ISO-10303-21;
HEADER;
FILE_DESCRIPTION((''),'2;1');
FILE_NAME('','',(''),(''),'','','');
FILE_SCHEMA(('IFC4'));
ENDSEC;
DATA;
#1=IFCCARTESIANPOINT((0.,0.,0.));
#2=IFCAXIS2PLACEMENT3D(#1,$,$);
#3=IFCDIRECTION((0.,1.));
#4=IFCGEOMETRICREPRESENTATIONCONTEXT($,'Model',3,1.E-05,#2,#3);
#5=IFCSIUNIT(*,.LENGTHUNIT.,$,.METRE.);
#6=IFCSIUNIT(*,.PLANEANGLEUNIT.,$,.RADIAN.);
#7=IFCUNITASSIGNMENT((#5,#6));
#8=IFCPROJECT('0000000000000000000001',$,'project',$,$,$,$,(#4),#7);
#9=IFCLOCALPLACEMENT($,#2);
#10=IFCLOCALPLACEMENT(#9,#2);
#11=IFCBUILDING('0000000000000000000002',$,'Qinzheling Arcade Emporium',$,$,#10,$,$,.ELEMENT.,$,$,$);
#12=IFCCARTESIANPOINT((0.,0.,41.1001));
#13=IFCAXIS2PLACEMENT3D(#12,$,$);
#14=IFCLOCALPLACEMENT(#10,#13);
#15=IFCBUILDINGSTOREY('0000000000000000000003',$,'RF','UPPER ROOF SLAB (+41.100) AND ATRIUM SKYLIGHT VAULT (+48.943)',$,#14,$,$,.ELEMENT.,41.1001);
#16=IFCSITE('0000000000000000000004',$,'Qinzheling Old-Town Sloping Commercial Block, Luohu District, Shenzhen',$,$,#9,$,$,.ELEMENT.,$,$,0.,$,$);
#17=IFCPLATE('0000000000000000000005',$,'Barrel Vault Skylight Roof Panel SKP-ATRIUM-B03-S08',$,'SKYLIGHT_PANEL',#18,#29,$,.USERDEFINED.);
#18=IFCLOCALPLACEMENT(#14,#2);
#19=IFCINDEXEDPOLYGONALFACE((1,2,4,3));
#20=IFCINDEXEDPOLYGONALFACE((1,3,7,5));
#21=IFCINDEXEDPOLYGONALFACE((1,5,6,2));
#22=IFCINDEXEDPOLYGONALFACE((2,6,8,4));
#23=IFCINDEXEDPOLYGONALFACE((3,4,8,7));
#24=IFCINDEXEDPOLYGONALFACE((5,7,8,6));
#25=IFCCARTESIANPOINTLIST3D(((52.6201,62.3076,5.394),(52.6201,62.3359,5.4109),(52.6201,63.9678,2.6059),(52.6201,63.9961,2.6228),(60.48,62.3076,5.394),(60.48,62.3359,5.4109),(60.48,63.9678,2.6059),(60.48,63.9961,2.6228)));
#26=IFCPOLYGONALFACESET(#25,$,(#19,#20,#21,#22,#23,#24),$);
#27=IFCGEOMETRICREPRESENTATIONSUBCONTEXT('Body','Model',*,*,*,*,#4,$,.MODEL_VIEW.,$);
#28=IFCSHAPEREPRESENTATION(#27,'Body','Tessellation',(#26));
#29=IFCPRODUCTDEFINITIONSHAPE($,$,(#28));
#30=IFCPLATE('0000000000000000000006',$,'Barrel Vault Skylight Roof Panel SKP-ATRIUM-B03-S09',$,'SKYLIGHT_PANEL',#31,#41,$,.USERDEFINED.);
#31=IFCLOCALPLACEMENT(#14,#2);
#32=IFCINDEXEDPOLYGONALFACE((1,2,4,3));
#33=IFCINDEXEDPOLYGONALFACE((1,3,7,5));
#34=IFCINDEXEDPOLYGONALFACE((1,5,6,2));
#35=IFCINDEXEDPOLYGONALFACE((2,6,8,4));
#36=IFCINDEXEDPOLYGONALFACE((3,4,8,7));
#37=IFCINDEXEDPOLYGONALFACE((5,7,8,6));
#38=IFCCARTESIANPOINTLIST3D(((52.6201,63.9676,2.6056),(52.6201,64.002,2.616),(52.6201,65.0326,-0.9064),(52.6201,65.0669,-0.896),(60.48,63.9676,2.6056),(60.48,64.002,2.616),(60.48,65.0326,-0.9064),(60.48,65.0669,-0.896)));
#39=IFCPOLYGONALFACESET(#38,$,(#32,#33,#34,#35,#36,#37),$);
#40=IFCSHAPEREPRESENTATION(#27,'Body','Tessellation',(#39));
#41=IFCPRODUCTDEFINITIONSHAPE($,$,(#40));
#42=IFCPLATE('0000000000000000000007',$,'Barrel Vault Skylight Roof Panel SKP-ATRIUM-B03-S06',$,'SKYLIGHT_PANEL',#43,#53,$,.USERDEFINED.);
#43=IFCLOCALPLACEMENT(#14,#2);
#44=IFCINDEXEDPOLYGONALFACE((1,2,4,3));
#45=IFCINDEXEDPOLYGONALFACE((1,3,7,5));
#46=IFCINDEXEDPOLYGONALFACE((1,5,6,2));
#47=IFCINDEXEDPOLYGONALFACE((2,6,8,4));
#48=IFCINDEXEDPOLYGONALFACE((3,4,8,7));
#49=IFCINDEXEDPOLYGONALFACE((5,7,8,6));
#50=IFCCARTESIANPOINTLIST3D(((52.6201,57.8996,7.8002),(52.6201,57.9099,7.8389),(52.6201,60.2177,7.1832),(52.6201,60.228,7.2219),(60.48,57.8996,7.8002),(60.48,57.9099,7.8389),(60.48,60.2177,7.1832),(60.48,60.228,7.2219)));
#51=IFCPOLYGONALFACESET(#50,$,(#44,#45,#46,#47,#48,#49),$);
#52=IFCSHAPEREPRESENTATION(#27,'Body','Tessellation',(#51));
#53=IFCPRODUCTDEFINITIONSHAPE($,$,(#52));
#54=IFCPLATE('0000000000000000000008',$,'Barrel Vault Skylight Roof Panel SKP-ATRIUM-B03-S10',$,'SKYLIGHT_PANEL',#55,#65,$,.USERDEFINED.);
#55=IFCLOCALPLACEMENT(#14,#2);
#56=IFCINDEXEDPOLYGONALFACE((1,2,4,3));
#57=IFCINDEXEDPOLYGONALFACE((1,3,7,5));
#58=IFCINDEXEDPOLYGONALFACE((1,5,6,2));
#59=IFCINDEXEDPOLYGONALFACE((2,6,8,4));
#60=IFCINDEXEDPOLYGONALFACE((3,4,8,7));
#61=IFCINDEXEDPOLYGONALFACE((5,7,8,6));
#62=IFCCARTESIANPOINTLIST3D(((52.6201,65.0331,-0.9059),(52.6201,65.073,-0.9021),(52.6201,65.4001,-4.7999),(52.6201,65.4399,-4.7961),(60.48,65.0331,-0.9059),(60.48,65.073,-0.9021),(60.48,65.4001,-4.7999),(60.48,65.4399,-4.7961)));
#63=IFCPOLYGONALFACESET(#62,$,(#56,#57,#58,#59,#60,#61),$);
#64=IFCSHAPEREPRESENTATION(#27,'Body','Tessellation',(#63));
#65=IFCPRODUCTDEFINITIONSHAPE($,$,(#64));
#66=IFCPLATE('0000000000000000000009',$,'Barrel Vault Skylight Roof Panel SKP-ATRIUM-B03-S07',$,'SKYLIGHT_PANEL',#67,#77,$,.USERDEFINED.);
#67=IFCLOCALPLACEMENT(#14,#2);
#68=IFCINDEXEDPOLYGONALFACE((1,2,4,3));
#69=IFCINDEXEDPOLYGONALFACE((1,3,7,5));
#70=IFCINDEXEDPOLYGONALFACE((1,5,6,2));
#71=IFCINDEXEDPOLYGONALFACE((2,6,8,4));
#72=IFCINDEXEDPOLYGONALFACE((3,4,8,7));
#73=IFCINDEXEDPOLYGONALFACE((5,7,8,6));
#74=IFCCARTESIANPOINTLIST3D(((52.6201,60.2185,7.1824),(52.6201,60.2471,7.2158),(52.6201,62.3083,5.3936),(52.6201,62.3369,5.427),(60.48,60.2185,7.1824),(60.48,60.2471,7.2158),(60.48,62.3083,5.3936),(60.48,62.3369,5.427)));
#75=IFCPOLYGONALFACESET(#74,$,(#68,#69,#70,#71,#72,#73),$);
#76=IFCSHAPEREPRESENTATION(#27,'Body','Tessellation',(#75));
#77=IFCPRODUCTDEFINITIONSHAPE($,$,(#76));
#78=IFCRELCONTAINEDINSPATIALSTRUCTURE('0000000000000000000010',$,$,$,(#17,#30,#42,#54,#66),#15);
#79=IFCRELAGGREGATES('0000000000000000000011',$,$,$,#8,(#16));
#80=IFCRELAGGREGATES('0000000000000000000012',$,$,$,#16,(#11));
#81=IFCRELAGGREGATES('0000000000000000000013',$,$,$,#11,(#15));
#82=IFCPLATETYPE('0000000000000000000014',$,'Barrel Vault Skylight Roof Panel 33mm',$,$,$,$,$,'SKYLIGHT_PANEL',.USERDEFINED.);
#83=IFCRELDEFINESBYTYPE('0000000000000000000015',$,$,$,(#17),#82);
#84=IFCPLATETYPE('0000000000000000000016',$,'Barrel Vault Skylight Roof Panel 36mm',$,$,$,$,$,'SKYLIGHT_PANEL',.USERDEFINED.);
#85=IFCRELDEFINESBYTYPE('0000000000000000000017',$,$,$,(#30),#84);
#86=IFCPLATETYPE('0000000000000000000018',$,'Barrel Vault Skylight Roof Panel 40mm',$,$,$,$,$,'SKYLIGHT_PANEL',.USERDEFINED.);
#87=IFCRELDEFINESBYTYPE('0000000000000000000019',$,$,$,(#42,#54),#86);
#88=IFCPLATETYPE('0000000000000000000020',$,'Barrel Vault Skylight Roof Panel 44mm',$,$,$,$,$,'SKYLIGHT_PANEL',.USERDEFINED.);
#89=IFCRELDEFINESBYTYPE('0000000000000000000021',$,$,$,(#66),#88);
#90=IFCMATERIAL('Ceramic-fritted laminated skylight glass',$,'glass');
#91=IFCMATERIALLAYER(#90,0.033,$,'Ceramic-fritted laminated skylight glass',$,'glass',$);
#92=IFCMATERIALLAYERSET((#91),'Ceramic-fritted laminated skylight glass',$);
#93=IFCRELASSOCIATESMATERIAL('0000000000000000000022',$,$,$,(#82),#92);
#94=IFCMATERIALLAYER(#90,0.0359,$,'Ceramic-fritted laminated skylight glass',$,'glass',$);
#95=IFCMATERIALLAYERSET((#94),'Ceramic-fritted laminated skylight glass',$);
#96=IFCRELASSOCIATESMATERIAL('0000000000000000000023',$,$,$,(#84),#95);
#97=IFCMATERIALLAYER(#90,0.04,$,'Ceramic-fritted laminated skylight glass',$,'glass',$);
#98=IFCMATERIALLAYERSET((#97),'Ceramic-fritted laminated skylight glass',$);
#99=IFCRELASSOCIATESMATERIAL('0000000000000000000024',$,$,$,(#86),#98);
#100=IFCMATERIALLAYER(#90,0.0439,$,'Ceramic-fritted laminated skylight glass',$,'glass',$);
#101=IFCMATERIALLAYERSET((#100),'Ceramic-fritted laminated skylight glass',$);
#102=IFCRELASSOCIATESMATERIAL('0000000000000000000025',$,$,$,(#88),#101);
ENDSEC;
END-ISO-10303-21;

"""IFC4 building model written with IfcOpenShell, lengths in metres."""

from ifc_helpers import new_model, si_unit, direction, frame, origin, place, context, subcontext, project, spatial, polyline, outline, extrude, material, layer, layer_set, type_object, element, save


model = new_model("IFC4")

# Units and contexts
model_context = context("Model", 3, precision=1e-05, world=origin(), true_north=direction((0.0, 1.0)))
body_context = subcontext(model_context, "Body", "Model", "MODEL_VIEW")
ifc_project = project(units=[si_unit("LENGTHUNIT", "METRE"), si_unit("PLANEANGLEUNIT", "RADIAN")], contexts=[model_context])

# Site, building, storey
site_placement = place(None, origin())
site = spatial("IfcSite", under=ifc_project, at=site_placement, Name="Qinzheling Old-Town Sloping Commercial Block, Luohu District, Shenzhen", CompositionType="ELEMENT", RefElevation=0.0)
building_placement = place(site_placement, origin())
building = spatial("IfcBuilding", under=site, at=building_placement, Name="Qinzheling Arcade Emporium", CompositionType="ELEMENT")
storey_placement = place(building_placement, frame((0.0, 0.0, 41.1001)))
storey = spatial("IfcBuildingStorey", under=building, at=storey_placement, Name="RF", Description="UPPER ROOF SLAB (+41.100) AND ATRIUM SKYLIGHT VAULT (+48.943)", CompositionType="ELEMENT", Elevation=41.1001)

# Plates
ifc_material_1 = material(Name="Ceramic-fritted laminated skylight glass", Category="glass")
ifc_layer_1 = layer(ifc_material_1, 0.033, Name="Ceramic-fritted laminated skylight glass", Category="glass")
ifc_layer_set_1 = layer_set([ifc_layer_1], Name="Ceramic-fritted laminated skylight glass")
plate_type_1 = type_object("IfcPlateType", Name="Barrel Vault Skylight Roof Panel 33mm", ElementType="SKYLIGHT_PANEL", PredefinedType="USERDEFINED", material=ifc_layer_set_1)
plate_1_placement = place(storey_placement, frame((52.6201, 62.3359, 5.4109), z_axis=(0.0, 0.859214, 0.511616), x_axis=(1.0, 0.0, 0.0)))
element("IfcPlate", 1, at=plate_1_placement, inside=storey, type_object=plate_type_1, Name="Barrel Vault Skylight Roof Panel SKP-ATRIUM-B03-S08", ObjectType="SKYLIGHT_PANEL", PredefinedType="USERDEFINED", context=body_context, shape_type="SweptSolid", body=[
    extrude(outline(polyline([(0.0, 0.0), (7.8599, 0.0), (7.8599, 3.2449), (0.0, 3.2449), (0.0, 0.0)])), origin(), (0.0, 0.0, -1.0), 0.033),
])
ifc_layer_2 = layer(ifc_material_1, 0.0359, Name="Ceramic-fritted laminated skylight glass", Category="glass")
ifc_layer_set_2 = layer_set([ifc_layer_2], Name="Ceramic-fritted laminated skylight glass")
plate_type_2 = type_object("IfcPlateType", Name="Barrel Vault Skylight Roof Panel 36mm", ElementType="SKYLIGHT_PANEL", PredefinedType="USERDEFINED", material=ifc_layer_set_2)
plate_2_placement = place(storey_placement, frame((52.6201, 64.002, 2.616), z_axis=(0.0, 0.956971, 0.290185), x_axis=(1.0, 0.0, 0.0)))
element("IfcPlate", 2, at=plate_2_placement, inside=storey, type_object=plate_type_2, Name="Barrel Vault Skylight Roof Panel SKP-ATRIUM-B03-S09", ObjectType="SKYLIGHT_PANEL", PredefinedType="USERDEFINED", context=body_context, shape_type="SweptSolid", body=[
    extrude(outline(polyline([(0.0, 0.0), (7.8599, 0.0), (7.8599, 3.6699), (0.0, 3.6699), (0.0, 0.0)])), origin(), (0.0, 0.0, -1.0), 0.0359),
])
ifc_layer_3 = layer(ifc_material_1, 0.04, Name="Ceramic-fritted laminated skylight glass", Category="glass")
ifc_layer_set_3 = layer_set([ifc_layer_3], Name="Ceramic-fritted laminated skylight glass")
plate_type_3 = type_object("IfcPlateType", Name="Barrel Vault Skylight Roof Panel 40mm", ElementType="SKYLIGHT_PANEL", PredefinedType="USERDEFINED", material=ifc_layer_set_3)
plate_3_placement = place(storey_placement, frame((52.6201, 57.9099, 7.8389), z_axis=(0.0, 0.257188, 0.966362), x_axis=(1.0, 0.0, 0.0)))
element("IfcPlate", 3, at=plate_3_placement, inside=storey, type_object=plate_type_3, Name="Barrel Vault Skylight Roof Panel SKP-ATRIUM-B03-S06", ObjectType="SKYLIGHT_PANEL", PredefinedType="USERDEFINED", context=body_context, shape_type="SweptSolid", body=[
    extrude(outline(polyline([(0.0, 0.0), (7.8599, 0.0), (7.8599, 2.3988), (0.0, 2.3988), (0.0, 0.0)])), origin(), (0.0, 0.0, -1.0), 0.04),
])
plate_4_placement = place(storey_placement, frame((52.6201, 65.073, -0.9021), z_axis=(0.0, 0.99559, 0.093816), x_axis=(1.0, 0.0, 0.0)))
element("IfcPlate", 4, at=plate_4_placement, inside=storey, type_object=plate_type_3, Name="Barrel Vault Skylight Roof Panel SKP-ATRIUM-B03-S10", ObjectType="SKYLIGHT_PANEL", PredefinedType="USERDEFINED", context=body_context, shape_type="SweptSolid", body=[
    extrude(outline(polyline([(0.0, 0.0), (7.8599, 0.0), (7.8599, 3.9113), (0.0, 3.9113), (0.0, 0.0)])), origin(), (0.0, 0.0, -1.0), 0.04),
])
ifc_layer_4 = layer(ifc_material_1, 0.0439, Name="Ceramic-fritted laminated skylight glass", Category="glass")
ifc_layer_set_4 = layer_set([ifc_layer_4], Name="Ceramic-fritted laminated skylight glass")
plate_type_4 = type_object("IfcPlateType", Name="Barrel Vault Skylight Roof Panel 44mm", ElementType="SKYLIGHT_PANEL", PredefinedType="USERDEFINED", material=ifc_layer_set_4)
plate_5_placement = place(storey_placement, frame((52.6201, 60.2471, 7.2158), z_axis=(0.0, 0.650272, 0.759701), x_axis=(1.0, 0.0, 0.0)))
element("IfcPlate", 5, at=plate_5_placement, inside=storey, type_object=plate_type_4, Name="Barrel Vault Skylight Roof Panel SKP-ATRIUM-B03-S07", ObjectType="SKYLIGHT_PANEL", PredefinedType="USERDEFINED", context=body_context, shape_type="SweptSolid", body=[
    extrude(outline(polyline([(0.0, 0.0), (7.8599, 0.0), (7.8599, 2.7509), (0.0, 2.7509), (0.0, 0.0)])), origin(), (0.0, 0.0, -1.0), 0.0439),
])

save(model, "model.ifc")
